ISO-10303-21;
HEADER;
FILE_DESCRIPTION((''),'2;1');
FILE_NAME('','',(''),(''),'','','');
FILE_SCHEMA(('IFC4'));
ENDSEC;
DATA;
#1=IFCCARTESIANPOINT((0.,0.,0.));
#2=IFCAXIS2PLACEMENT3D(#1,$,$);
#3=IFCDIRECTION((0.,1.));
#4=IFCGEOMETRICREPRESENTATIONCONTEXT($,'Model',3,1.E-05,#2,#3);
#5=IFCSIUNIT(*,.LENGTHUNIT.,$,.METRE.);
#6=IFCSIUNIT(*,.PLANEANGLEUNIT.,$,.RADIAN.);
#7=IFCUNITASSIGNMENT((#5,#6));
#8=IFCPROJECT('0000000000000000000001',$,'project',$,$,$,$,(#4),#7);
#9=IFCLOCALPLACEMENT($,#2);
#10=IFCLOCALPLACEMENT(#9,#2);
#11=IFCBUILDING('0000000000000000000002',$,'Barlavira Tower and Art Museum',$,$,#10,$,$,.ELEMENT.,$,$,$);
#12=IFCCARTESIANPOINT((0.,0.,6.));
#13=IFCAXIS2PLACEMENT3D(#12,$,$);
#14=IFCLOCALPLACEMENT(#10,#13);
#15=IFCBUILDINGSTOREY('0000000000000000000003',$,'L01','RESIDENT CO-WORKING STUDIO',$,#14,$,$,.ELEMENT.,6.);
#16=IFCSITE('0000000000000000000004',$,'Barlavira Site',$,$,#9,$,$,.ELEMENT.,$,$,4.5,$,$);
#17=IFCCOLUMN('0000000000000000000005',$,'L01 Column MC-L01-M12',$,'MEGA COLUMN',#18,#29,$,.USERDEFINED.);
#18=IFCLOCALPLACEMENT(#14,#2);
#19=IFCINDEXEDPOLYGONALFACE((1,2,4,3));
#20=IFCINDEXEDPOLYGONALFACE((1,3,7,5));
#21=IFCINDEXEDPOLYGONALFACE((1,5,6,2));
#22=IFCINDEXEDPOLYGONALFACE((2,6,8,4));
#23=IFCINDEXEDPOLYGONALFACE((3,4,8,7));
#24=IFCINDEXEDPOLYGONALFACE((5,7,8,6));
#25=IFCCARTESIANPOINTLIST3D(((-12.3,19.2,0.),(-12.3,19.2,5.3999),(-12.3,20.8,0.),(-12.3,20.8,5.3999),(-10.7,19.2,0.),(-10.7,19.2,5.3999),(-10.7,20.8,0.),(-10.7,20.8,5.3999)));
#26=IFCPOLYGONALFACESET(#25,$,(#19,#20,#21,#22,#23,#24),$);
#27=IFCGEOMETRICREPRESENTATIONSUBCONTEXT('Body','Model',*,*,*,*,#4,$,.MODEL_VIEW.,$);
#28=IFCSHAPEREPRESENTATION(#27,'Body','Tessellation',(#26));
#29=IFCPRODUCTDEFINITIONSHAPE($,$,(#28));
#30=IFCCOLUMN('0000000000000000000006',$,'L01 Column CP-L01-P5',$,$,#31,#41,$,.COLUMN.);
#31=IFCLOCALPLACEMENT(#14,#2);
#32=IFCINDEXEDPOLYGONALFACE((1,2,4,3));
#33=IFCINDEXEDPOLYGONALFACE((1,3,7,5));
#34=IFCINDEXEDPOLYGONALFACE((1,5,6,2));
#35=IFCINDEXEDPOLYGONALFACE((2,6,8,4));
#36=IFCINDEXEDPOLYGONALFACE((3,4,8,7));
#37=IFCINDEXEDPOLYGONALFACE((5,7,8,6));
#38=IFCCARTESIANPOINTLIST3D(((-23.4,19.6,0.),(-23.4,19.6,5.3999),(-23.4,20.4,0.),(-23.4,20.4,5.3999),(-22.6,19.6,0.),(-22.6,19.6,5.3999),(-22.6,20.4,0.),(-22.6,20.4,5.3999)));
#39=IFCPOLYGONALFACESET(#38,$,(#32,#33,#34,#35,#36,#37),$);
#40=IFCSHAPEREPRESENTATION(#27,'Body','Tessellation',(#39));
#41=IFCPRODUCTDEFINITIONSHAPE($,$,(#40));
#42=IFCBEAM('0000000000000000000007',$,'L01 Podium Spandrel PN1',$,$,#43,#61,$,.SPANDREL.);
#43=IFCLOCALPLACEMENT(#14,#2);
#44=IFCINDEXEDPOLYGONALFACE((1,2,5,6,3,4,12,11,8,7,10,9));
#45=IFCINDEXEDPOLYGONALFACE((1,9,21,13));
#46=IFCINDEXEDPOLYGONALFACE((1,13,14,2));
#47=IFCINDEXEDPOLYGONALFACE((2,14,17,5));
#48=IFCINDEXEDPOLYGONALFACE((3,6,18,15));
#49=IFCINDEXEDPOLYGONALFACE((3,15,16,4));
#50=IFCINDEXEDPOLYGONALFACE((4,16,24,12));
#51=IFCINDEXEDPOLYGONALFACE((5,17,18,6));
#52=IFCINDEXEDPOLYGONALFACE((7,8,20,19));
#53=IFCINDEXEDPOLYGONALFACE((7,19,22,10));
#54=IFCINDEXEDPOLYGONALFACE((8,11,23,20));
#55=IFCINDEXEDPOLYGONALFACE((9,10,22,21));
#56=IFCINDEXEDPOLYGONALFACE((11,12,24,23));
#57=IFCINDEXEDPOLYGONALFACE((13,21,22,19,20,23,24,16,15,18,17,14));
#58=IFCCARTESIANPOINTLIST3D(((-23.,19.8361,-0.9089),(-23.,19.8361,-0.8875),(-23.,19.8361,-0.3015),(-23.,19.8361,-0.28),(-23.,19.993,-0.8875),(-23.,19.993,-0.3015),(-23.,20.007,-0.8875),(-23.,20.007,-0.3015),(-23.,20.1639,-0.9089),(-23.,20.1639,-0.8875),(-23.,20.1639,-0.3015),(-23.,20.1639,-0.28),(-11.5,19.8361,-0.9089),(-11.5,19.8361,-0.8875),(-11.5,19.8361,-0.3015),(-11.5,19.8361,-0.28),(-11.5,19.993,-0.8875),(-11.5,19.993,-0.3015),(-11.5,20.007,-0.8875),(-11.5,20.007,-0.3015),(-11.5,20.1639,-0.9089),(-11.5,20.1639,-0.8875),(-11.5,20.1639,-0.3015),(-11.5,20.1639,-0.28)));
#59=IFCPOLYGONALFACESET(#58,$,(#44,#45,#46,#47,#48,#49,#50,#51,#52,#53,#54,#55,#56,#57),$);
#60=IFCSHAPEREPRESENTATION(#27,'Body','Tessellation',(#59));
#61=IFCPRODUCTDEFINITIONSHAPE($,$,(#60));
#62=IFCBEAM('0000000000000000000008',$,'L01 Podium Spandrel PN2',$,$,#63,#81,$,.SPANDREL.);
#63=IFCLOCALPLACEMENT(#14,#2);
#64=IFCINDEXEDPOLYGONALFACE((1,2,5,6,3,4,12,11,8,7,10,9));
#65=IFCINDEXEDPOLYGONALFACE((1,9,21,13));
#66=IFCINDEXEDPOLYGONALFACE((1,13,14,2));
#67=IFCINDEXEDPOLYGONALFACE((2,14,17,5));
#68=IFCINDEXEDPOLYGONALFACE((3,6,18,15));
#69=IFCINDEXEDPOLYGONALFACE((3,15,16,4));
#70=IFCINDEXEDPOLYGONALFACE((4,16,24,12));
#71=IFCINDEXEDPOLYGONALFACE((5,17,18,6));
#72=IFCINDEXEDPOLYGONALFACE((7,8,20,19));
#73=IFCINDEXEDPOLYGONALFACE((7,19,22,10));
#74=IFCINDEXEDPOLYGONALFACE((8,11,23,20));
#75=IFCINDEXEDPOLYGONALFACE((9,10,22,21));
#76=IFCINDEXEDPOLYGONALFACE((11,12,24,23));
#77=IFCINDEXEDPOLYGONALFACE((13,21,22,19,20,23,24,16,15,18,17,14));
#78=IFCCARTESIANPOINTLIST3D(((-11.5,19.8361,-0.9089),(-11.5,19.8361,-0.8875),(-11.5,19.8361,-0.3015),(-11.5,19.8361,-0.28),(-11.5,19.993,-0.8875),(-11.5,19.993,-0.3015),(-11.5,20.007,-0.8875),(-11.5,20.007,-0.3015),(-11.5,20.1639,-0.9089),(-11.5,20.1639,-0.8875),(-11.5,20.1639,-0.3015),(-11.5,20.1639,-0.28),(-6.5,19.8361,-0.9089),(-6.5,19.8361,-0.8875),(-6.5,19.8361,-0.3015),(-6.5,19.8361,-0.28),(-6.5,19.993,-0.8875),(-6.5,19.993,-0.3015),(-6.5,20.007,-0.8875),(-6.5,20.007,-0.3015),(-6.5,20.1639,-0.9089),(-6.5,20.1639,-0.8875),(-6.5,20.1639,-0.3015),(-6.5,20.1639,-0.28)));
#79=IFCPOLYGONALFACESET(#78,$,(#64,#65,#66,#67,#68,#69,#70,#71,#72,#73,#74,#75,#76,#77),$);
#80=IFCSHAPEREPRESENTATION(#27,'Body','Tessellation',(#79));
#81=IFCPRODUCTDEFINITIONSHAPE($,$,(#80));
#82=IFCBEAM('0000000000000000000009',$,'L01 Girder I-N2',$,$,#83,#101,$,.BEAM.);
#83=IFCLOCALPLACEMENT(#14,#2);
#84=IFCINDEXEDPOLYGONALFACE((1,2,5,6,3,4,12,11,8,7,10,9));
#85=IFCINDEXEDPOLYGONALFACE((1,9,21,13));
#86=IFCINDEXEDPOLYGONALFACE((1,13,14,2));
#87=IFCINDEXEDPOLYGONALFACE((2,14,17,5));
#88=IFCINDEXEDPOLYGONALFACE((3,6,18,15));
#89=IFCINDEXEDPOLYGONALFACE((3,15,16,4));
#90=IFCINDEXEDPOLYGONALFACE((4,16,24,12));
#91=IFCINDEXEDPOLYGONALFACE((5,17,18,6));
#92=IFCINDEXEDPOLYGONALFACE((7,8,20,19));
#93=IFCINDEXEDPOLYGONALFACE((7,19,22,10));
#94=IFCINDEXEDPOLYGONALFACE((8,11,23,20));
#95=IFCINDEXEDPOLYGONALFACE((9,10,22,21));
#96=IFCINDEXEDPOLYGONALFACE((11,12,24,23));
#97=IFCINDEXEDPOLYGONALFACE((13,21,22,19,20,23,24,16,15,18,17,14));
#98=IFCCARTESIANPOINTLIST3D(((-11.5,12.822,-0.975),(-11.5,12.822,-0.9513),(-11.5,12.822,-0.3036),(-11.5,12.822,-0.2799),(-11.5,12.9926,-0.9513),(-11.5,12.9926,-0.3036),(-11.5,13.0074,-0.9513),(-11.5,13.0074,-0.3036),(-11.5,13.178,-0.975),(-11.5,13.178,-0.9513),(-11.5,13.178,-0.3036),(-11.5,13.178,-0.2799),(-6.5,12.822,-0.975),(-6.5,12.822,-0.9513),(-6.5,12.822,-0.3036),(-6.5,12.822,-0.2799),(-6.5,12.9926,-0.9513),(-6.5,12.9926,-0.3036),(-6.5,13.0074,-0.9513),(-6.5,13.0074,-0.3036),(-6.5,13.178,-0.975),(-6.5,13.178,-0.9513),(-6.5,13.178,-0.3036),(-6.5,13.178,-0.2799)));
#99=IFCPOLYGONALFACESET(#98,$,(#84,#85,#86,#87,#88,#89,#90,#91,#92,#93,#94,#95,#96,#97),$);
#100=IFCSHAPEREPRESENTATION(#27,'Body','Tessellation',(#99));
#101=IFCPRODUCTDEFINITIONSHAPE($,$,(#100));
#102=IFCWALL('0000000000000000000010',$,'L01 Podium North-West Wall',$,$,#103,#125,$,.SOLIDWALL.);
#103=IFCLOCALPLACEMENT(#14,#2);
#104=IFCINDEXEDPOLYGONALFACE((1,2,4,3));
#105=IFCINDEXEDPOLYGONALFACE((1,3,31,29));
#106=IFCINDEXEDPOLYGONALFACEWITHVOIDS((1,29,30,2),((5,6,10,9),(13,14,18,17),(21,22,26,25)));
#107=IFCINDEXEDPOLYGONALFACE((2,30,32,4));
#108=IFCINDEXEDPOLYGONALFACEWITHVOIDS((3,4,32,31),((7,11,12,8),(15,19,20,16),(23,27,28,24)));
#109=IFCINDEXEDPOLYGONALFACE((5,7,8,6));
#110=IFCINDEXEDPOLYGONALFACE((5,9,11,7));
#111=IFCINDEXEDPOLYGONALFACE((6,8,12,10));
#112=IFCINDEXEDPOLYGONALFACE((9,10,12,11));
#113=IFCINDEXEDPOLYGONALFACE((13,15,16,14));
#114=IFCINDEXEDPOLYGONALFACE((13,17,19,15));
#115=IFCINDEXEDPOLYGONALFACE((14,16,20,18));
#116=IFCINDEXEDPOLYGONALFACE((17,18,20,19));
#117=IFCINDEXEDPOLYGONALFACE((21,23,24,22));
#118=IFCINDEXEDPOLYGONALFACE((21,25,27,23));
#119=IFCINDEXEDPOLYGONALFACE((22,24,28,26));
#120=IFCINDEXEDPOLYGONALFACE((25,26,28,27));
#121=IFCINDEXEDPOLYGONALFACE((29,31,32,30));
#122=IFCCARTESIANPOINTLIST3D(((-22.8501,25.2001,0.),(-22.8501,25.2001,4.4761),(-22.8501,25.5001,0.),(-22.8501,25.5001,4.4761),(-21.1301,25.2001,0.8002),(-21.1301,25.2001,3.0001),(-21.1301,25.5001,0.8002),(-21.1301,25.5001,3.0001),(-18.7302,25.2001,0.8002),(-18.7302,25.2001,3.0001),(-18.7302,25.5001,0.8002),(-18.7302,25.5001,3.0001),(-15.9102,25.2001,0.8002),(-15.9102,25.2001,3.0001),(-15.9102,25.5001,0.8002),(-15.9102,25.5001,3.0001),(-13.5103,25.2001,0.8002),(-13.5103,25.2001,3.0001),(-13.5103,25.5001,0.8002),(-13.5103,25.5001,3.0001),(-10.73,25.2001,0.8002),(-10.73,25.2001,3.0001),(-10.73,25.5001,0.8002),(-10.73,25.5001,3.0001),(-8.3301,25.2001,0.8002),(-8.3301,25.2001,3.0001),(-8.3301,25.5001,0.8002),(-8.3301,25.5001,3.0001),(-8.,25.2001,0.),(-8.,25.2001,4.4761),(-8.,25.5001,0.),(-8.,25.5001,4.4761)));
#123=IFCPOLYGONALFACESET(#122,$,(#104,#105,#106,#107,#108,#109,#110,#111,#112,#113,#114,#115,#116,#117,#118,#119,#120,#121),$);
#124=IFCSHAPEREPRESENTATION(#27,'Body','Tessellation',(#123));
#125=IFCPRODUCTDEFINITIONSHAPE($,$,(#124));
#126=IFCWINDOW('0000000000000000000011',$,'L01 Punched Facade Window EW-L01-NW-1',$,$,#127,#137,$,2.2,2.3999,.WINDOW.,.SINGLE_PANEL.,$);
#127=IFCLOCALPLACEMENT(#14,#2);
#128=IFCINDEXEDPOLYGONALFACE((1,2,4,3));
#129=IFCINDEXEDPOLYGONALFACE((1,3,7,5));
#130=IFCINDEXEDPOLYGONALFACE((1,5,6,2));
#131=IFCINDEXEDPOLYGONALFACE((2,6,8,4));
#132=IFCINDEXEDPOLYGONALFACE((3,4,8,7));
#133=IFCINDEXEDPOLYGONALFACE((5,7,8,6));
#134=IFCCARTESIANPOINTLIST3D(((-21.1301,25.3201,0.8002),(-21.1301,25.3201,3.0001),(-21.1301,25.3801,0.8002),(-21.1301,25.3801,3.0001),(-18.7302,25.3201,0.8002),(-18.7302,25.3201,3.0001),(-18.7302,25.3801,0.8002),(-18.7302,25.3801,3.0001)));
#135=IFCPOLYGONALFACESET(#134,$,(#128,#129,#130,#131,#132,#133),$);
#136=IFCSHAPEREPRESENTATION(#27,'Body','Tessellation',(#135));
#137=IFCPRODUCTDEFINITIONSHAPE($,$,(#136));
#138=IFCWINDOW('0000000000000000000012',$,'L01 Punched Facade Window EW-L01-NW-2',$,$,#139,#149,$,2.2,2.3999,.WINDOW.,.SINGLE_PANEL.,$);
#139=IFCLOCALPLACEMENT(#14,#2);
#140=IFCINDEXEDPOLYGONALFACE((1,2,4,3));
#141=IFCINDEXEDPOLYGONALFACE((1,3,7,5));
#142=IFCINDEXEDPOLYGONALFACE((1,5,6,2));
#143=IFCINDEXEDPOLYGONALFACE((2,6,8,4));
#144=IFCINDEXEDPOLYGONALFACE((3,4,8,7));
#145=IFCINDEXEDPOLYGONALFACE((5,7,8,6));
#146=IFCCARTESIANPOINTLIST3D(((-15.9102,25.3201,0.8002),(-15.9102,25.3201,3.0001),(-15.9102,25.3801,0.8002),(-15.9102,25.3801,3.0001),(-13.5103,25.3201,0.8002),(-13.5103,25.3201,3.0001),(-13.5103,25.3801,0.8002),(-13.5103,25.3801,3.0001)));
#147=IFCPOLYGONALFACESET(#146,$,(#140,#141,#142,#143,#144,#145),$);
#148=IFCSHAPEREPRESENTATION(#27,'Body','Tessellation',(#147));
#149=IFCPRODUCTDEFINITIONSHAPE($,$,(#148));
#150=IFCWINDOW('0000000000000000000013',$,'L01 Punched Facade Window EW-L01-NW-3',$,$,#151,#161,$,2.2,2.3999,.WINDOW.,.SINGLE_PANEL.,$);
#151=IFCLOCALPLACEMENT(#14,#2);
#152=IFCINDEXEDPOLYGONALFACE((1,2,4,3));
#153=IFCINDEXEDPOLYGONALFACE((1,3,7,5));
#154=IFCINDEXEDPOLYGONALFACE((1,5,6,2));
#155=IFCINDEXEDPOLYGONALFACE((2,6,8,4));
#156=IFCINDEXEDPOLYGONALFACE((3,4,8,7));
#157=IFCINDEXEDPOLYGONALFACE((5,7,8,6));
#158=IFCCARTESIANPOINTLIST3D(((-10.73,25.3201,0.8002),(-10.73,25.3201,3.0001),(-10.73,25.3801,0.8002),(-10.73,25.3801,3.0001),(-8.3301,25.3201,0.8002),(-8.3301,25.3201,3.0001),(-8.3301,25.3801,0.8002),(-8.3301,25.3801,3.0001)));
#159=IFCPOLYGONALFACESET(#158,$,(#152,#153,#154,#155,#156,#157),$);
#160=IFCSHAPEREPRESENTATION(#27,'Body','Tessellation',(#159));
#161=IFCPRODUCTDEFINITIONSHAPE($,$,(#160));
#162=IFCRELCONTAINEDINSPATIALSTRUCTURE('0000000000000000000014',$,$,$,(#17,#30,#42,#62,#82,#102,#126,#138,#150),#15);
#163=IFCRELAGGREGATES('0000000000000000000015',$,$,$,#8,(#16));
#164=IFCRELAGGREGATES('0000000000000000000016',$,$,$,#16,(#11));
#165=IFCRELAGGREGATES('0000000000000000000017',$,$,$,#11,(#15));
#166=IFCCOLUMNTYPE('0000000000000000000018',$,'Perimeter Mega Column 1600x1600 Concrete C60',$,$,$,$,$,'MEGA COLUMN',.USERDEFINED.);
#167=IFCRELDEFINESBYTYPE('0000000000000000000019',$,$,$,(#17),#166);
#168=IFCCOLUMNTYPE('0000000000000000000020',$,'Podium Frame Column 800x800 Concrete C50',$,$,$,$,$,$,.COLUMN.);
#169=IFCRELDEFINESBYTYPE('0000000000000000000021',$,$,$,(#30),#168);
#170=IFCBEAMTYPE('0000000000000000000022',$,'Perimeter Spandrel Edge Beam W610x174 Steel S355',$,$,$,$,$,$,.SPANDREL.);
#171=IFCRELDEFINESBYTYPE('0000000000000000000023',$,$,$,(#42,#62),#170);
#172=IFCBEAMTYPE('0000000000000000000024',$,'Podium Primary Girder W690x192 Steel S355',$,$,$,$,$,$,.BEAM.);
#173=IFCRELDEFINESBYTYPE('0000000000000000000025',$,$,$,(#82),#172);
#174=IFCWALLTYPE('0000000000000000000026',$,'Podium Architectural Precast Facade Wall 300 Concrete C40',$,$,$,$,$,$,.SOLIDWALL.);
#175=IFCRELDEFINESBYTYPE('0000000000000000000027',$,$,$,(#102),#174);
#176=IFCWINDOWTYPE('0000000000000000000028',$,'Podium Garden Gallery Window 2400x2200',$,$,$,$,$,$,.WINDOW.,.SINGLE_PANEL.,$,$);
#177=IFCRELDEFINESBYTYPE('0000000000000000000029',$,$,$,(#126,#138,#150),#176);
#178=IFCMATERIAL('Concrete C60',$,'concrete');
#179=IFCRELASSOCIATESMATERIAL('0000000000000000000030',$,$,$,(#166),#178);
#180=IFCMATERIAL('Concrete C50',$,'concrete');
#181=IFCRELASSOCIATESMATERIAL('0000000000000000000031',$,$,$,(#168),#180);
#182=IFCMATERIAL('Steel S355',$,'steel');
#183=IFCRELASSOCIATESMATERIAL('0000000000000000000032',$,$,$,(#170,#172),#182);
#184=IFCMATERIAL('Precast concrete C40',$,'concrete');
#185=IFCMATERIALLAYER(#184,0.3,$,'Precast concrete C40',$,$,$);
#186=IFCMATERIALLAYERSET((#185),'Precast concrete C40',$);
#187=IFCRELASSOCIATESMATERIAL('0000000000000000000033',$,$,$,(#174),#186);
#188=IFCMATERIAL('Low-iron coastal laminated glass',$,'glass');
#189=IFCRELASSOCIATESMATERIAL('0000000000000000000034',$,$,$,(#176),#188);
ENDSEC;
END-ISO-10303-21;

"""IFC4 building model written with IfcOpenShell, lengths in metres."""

from ifc_helpers import new_model, si_unit, direction, frame, frame_2d, origin, origin_2d, place, context, subcontext, project, spatial, rectangle, i_section, extrude, material, layer, layer_set, material_profile, profile_set, type_object, element, fill, save


model = new_model("IFC4")

# Units and contexts
model_context = context("Model", 3, precision=1e-05, world=origin(), true_north=direction((0.0, 1.0)))
body_context = subcontext(model_context, "Body", "Model", "MODEL_VIEW")
ifc_project = project(units=[si_unit("LENGTHUNIT", "METRE"), si_unit("PLANEANGLEUNIT", "RADIAN")], contexts=[model_context])

# Site, building, storey
site_placement = place(None, origin())
site = spatial("IfcSite", under=ifc_project, at=site_placement, Name="Barlavira Site", CompositionType="ELEMENT", RefElevation=4.5)
building_placement = place(site_placement, origin())
building = spatial("IfcBuilding", under=site, at=building_placement, Name="Barlavira Tower and Art Museum", CompositionType="ELEMENT")
storey_placement = place(building_placement, frame((0.0, 0.0, 6.0)))
storey = spatial("IfcBuildingStorey", under=building, at=storey_placement, Name="L01", Description="RESIDENT CO-WORKING STUDIO", CompositionType="ELEMENT", Elevation=6.0)

# Columns
ifc_material_1 = material(Name="Concrete C60", Category="concrete")
ifc_material_profile_1 = material_profile(ifc_material_1, rectangle(XDim=1.6001, YDim=1.6001, at=origin_2d()), Name="RC-MCOL 1600x1600")
ifc_profile_set_1 = profile_set([ifc_material_profile_1], Name="Concrete C60")
column_type_1 = type_object("IfcColumnType", Name="Perimeter Mega Column 1600x1600 Concrete C60", ElementType="MEGA COLUMN", PredefinedType="USERDEFINED", material=ifc_profile_set_1)
column_1_placement = place(storey_placement, frame((-11.5, 20.0, 0.0), z_axis=(0.0, 0.0, 1.0), x_axis=(1.0, 0.0, 0.0)))
element("IfcColumn", 1, at=column_1_placement, inside=storey, type_object=column_type_1, Name="L01 Column MC-L01-M12", ObjectType="MEGA COLUMN", PredefinedType="USERDEFINED", context=body_context, shape_type="SweptSolid", body=[
    extrude(rectangle(XDim=1.6001, YDim=1.6001, at=origin_2d()), origin(), (0.0, 0.0, 1.0), 5.3999),
])
ifc_material_2 = material(Name="Concrete C50", Category="concrete")
ifc_material_profile_2 = material_profile(ifc_material_2, rectangle(XDim=0.8, YDim=0.8, at=origin_2d()), Name="RC-COL 800x800")
ifc_profile_set_2 = profile_set([ifc_material_profile_2], Name="Concrete C50")
column_type_2 = type_object("IfcColumnType", Name="Podium Frame Column 800x800 Concrete C50", PredefinedType="COLUMN", material=ifc_profile_set_2)
column_2_placement = place(storey_placement, frame((-23.0, 20.0, 0.0), z_axis=(0.0, 0.0, 1.0), x_axis=(1.0, 0.0, 0.0)))
element("IfcColumn", 2, at=column_2_placement, inside=storey, type_object=column_type_2, Name="L01 Column CP-L01-P5", PredefinedType="COLUMN", context=body_context, shape_type="SweptSolid", body=[
    extrude(rectangle(XDim=0.8, YDim=0.8, at=origin_2d()), origin(), (0.0, 0.0, 1.0), 5.3999),
])

# Beams
ifc_material_3 = material(Name="Steel S355", Category="steel")
ifc_material_profile_3 = material_profile(ifc_material_3, i_section(OverallWidth=0.3279, OverallDepth=0.6289, WebThickness=0.0139, FlangeThickness=0.0215, at=origin_2d()), Name="W610x174.0")
ifc_profile_set_3 = profile_set([ifc_material_profile_3], Name="Steel S355")
beam_type_1 = type_object("IfcBeamType", Name="Perimeter Spandrel Edge Beam W610x174 Steel S355", PredefinedType="SPANDREL", material=ifc_profile_set_3)
beam_1_placement = place(storey_placement, frame((-23.0, 20.0, -0.5945), z_axis=(1.0, 0.0, 0.0), x_axis=(0.0, 1.0, 0.0)))
element("IfcBeam", 3, at=beam_1_placement, inside=storey, type_object=beam_type_1, Name="L01 Podium Spandrel PN1", PredefinedType="SPANDREL", context=body_context, shape_type="SweptSolid", body=[
    extrude(i_section(OverallWidth=0.3279, OverallDepth=0.6289, WebThickness=0.0139, FlangeThickness=0.0215, at=origin_2d()), origin(), (0.0, 0.0, 1.0), 11.5),
])
beam_2_placement = place(storey_placement, frame((-11.5, 20.0, -0.5945), z_axis=(1.0, 0.0, 0.0), x_axis=(0.0, 1.0, 0.0)))
element("IfcBeam", 4, at=beam_2_placement, inside=storey, type_object=beam_type_1, Name="L01 Podium Spandrel PN2", PredefinedType="SPANDREL", context=body_context, shape_type="SweptSolid", body=[
    extrude(i_section(OverallWidth=0.3279, OverallDepth=0.6289, WebThickness=0.0139, FlangeThickness=0.0215, at=origin_2d()), origin(), (0.0, 0.0, 1.0), 5.0),
])
ifc_material_profile_4 = material_profile(ifc_material_3, i_section(OverallWidth=0.356, OverallDepth=0.6951, WebThickness=0.0149, FlangeThickness=0.0237, at=origin_2d()), Name="W690x192.0")
ifc_profile_set_4 = profile_set([ifc_material_profile_4], Name="Steel S355")
beam_type_2 = type_object("IfcBeamType", Name="Podium Primary Girder W690x192 Steel S355", PredefinedType="BEAM", material=ifc_profile_set_4)
beam_3_placement = place(storey_placement, frame((-11.5, 13.0, -0.6274), z_axis=(1.0, 0.0, 0.0), x_axis=(0.0, 1.0, 0.0)))
element("IfcBeam", 5, at=beam_3_placement, inside=storey, type_object=beam_type_2, Name="L01 Girder I-N2", PredefinedType="BEAM", context=body_context, shape_type="SweptSolid", body=[
    extrude(i_section(OverallWidth=0.356, OverallDepth=0.6951, WebThickness=0.0149, FlangeThickness=0.0237, at=origin_2d()), origin(), (0.0, 0.0, 1.0), 5.0),
])

# Wall, openings, windows
ifc_material_4 = material(Name="Precast concrete C40", Category="concrete")
ifc_layer = layer(ifc_material_4, 0.3, Name="Precast concrete C40")
ifc_layer_set = layer_set([ifc_layer], Name="Precast concrete C40")
wall_type = type_object("IfcWallType", Name="Podium Architectural Precast Facade Wall 300 Concrete C40", PredefinedType="SOLIDWALL", material=ifc_layer_set)
ifc_material_5 = material(Name="Low-iron coastal laminated glass", Category="glass")
window_type_1 = type_object("IfcWindowType", Name="Podium Garden Gallery Window 2400x2200", PartitioningType="SINGLE_PANEL", PredefinedType="WINDOW", material=ifc_material_5)
wall_1_placement = place(storey_placement, frame((-22.8501, 25.3501, 0.0), z_axis=(0.0, 0.0, 1.0), x_axis=(1.0, 0.0, 0.0)))
wall_1 = element("IfcWall", 6, at=wall_1_placement, inside=storey, type_object=wall_type, Name="L01 Podium North-West Wall", PredefinedType="SOLIDWALL", context=body_context, shape_type="SweptSolid", body=[
    extrude(rectangle(XDim=14.8501, YDim=0.3, at=frame_2d((7.425, 0.0))), origin(), (0.0, 0.0, 1.0), 4.4761),
])
opening_1_placement = place(wall_1_placement, frame((1.72, 0.0, 0.8)))
opening_1 = element("IfcOpeningElement", 7, at=opening_1_placement, cuts=wall_1, PredefinedType="OPENING", context=body_context, shape_type="SweptSolid", body=[
    extrude(rectangle(XDim=2.3999, YDim=2.2, at=frame_2d((1.2, 1.1001))), frame((0.0, 0.1602, 0.0), z_axis=(0.0, -1.0, 0.0), x_axis=(1.0, 0.0, 0.0)), (0.0, 0.0, 1.0), 0.3201),
])
opening_2_placement = place(wall_1_placement, frame((6.9399, 0.0, 0.8)))
opening_2 = element("IfcOpeningElement", 8, at=opening_2_placement, cuts=wall_1, PredefinedType="OPENING", context=body_context, shape_type="SweptSolid", body=[
    extrude(rectangle(XDim=2.3999, YDim=2.2, at=frame_2d((1.2, 1.1001))), frame((0.0, 0.1602, 0.0), z_axis=(0.0, -1.0, 0.0), x_axis=(1.0, 0.0, 0.0)), (0.0, 0.0, 1.0), 0.3201),
])
opening_3_placement = place(wall_1_placement, frame((12.1201, 0.0, 0.8)))
opening_3 = element("IfcOpeningElement", 9, at=opening_3_placement, cuts=wall_1, PredefinedType="OPENING", context=body_context, shape_type="SweptSolid", body=[
    extrude(rectangle(XDim=2.3999, YDim=2.2, at=frame_2d((1.2, 1.1001))), frame((0.0, 0.1602, 0.0), z_axis=(0.0, -1.0, 0.0), x_axis=(1.0, 0.0, 0.0)), (0.0, 0.0, 1.0), 0.3201),
])
window_1_placement = place(opening_1_placement, origin())
window_1 = element("IfcWindow", 10, at=window_1_placement, inside=storey, type_object=window_type_1, Name="L01 Punched Facade Window EW-L01-NW-1", OverallHeight=2.2, OverallWidth=2.3999, PartitioningType="SINGLE_PANEL", PredefinedType="WINDOW", context=body_context, shape_type="SweptSolid", body=[
    extrude(rectangle(XDim=2.3999, YDim=2.2, at=frame_2d((1.2, 1.1001))), frame((0.0, 0.03, 0.0), z_axis=(0.0, -1.0, 0.0), x_axis=(1.0, 0.0, 0.0)), (0.0, 0.0, 1.0), 0.0601),
])
fill(opening_1, window_1)
window_2_placement = place(opening_2_placement, origin())
window_2 = element("IfcWindow", 11, at=window_2_placement, inside=storey, type_object=window_type_1, Name="L01 Punched Facade Window EW-L01-NW-2", OverallHeight=2.2, OverallWidth=2.3999, PartitioningType="SINGLE_PANEL", PredefinedType="WINDOW", context=body_context, shape_type="SweptSolid", body=[
    extrude(rectangle(XDim=2.3999, YDim=2.2, at=frame_2d((1.2, 1.1001))), frame((0.0, 0.03, 0.0), z_axis=(0.0, -1.0, 0.0), x_axis=(1.0, 0.0, 0.0)), (0.0, 0.0, 1.0), 0.0601),
])
fill(opening_2, window_2)
window_3_placement = place(opening_3_placement, origin())
window_3 = element("IfcWindow", 12, at=window_3_placement, inside=storey, type_object=window_type_1, Name="L01 Punched Facade Window EW-L01-NW-3", OverallHeight=2.2, OverallWidth=2.3999, PartitioningType="SINGLE_PANEL", PredefinedType="WINDOW", context=body_context, shape_type="SweptSolid", body=[
    extrude(rectangle(XDim=2.3999, YDim=2.2, at=frame_2d((1.2, 1.1001))), frame((0.0, 0.03, 0.0), z_axis=(0.0, -1.0, 0.0), x_axis=(1.0, 0.0, 0.0)), (0.0, 0.0, 1.0), 0.0601),
])
fill(opening_3, window_3)

save(model, "model.ifc")
